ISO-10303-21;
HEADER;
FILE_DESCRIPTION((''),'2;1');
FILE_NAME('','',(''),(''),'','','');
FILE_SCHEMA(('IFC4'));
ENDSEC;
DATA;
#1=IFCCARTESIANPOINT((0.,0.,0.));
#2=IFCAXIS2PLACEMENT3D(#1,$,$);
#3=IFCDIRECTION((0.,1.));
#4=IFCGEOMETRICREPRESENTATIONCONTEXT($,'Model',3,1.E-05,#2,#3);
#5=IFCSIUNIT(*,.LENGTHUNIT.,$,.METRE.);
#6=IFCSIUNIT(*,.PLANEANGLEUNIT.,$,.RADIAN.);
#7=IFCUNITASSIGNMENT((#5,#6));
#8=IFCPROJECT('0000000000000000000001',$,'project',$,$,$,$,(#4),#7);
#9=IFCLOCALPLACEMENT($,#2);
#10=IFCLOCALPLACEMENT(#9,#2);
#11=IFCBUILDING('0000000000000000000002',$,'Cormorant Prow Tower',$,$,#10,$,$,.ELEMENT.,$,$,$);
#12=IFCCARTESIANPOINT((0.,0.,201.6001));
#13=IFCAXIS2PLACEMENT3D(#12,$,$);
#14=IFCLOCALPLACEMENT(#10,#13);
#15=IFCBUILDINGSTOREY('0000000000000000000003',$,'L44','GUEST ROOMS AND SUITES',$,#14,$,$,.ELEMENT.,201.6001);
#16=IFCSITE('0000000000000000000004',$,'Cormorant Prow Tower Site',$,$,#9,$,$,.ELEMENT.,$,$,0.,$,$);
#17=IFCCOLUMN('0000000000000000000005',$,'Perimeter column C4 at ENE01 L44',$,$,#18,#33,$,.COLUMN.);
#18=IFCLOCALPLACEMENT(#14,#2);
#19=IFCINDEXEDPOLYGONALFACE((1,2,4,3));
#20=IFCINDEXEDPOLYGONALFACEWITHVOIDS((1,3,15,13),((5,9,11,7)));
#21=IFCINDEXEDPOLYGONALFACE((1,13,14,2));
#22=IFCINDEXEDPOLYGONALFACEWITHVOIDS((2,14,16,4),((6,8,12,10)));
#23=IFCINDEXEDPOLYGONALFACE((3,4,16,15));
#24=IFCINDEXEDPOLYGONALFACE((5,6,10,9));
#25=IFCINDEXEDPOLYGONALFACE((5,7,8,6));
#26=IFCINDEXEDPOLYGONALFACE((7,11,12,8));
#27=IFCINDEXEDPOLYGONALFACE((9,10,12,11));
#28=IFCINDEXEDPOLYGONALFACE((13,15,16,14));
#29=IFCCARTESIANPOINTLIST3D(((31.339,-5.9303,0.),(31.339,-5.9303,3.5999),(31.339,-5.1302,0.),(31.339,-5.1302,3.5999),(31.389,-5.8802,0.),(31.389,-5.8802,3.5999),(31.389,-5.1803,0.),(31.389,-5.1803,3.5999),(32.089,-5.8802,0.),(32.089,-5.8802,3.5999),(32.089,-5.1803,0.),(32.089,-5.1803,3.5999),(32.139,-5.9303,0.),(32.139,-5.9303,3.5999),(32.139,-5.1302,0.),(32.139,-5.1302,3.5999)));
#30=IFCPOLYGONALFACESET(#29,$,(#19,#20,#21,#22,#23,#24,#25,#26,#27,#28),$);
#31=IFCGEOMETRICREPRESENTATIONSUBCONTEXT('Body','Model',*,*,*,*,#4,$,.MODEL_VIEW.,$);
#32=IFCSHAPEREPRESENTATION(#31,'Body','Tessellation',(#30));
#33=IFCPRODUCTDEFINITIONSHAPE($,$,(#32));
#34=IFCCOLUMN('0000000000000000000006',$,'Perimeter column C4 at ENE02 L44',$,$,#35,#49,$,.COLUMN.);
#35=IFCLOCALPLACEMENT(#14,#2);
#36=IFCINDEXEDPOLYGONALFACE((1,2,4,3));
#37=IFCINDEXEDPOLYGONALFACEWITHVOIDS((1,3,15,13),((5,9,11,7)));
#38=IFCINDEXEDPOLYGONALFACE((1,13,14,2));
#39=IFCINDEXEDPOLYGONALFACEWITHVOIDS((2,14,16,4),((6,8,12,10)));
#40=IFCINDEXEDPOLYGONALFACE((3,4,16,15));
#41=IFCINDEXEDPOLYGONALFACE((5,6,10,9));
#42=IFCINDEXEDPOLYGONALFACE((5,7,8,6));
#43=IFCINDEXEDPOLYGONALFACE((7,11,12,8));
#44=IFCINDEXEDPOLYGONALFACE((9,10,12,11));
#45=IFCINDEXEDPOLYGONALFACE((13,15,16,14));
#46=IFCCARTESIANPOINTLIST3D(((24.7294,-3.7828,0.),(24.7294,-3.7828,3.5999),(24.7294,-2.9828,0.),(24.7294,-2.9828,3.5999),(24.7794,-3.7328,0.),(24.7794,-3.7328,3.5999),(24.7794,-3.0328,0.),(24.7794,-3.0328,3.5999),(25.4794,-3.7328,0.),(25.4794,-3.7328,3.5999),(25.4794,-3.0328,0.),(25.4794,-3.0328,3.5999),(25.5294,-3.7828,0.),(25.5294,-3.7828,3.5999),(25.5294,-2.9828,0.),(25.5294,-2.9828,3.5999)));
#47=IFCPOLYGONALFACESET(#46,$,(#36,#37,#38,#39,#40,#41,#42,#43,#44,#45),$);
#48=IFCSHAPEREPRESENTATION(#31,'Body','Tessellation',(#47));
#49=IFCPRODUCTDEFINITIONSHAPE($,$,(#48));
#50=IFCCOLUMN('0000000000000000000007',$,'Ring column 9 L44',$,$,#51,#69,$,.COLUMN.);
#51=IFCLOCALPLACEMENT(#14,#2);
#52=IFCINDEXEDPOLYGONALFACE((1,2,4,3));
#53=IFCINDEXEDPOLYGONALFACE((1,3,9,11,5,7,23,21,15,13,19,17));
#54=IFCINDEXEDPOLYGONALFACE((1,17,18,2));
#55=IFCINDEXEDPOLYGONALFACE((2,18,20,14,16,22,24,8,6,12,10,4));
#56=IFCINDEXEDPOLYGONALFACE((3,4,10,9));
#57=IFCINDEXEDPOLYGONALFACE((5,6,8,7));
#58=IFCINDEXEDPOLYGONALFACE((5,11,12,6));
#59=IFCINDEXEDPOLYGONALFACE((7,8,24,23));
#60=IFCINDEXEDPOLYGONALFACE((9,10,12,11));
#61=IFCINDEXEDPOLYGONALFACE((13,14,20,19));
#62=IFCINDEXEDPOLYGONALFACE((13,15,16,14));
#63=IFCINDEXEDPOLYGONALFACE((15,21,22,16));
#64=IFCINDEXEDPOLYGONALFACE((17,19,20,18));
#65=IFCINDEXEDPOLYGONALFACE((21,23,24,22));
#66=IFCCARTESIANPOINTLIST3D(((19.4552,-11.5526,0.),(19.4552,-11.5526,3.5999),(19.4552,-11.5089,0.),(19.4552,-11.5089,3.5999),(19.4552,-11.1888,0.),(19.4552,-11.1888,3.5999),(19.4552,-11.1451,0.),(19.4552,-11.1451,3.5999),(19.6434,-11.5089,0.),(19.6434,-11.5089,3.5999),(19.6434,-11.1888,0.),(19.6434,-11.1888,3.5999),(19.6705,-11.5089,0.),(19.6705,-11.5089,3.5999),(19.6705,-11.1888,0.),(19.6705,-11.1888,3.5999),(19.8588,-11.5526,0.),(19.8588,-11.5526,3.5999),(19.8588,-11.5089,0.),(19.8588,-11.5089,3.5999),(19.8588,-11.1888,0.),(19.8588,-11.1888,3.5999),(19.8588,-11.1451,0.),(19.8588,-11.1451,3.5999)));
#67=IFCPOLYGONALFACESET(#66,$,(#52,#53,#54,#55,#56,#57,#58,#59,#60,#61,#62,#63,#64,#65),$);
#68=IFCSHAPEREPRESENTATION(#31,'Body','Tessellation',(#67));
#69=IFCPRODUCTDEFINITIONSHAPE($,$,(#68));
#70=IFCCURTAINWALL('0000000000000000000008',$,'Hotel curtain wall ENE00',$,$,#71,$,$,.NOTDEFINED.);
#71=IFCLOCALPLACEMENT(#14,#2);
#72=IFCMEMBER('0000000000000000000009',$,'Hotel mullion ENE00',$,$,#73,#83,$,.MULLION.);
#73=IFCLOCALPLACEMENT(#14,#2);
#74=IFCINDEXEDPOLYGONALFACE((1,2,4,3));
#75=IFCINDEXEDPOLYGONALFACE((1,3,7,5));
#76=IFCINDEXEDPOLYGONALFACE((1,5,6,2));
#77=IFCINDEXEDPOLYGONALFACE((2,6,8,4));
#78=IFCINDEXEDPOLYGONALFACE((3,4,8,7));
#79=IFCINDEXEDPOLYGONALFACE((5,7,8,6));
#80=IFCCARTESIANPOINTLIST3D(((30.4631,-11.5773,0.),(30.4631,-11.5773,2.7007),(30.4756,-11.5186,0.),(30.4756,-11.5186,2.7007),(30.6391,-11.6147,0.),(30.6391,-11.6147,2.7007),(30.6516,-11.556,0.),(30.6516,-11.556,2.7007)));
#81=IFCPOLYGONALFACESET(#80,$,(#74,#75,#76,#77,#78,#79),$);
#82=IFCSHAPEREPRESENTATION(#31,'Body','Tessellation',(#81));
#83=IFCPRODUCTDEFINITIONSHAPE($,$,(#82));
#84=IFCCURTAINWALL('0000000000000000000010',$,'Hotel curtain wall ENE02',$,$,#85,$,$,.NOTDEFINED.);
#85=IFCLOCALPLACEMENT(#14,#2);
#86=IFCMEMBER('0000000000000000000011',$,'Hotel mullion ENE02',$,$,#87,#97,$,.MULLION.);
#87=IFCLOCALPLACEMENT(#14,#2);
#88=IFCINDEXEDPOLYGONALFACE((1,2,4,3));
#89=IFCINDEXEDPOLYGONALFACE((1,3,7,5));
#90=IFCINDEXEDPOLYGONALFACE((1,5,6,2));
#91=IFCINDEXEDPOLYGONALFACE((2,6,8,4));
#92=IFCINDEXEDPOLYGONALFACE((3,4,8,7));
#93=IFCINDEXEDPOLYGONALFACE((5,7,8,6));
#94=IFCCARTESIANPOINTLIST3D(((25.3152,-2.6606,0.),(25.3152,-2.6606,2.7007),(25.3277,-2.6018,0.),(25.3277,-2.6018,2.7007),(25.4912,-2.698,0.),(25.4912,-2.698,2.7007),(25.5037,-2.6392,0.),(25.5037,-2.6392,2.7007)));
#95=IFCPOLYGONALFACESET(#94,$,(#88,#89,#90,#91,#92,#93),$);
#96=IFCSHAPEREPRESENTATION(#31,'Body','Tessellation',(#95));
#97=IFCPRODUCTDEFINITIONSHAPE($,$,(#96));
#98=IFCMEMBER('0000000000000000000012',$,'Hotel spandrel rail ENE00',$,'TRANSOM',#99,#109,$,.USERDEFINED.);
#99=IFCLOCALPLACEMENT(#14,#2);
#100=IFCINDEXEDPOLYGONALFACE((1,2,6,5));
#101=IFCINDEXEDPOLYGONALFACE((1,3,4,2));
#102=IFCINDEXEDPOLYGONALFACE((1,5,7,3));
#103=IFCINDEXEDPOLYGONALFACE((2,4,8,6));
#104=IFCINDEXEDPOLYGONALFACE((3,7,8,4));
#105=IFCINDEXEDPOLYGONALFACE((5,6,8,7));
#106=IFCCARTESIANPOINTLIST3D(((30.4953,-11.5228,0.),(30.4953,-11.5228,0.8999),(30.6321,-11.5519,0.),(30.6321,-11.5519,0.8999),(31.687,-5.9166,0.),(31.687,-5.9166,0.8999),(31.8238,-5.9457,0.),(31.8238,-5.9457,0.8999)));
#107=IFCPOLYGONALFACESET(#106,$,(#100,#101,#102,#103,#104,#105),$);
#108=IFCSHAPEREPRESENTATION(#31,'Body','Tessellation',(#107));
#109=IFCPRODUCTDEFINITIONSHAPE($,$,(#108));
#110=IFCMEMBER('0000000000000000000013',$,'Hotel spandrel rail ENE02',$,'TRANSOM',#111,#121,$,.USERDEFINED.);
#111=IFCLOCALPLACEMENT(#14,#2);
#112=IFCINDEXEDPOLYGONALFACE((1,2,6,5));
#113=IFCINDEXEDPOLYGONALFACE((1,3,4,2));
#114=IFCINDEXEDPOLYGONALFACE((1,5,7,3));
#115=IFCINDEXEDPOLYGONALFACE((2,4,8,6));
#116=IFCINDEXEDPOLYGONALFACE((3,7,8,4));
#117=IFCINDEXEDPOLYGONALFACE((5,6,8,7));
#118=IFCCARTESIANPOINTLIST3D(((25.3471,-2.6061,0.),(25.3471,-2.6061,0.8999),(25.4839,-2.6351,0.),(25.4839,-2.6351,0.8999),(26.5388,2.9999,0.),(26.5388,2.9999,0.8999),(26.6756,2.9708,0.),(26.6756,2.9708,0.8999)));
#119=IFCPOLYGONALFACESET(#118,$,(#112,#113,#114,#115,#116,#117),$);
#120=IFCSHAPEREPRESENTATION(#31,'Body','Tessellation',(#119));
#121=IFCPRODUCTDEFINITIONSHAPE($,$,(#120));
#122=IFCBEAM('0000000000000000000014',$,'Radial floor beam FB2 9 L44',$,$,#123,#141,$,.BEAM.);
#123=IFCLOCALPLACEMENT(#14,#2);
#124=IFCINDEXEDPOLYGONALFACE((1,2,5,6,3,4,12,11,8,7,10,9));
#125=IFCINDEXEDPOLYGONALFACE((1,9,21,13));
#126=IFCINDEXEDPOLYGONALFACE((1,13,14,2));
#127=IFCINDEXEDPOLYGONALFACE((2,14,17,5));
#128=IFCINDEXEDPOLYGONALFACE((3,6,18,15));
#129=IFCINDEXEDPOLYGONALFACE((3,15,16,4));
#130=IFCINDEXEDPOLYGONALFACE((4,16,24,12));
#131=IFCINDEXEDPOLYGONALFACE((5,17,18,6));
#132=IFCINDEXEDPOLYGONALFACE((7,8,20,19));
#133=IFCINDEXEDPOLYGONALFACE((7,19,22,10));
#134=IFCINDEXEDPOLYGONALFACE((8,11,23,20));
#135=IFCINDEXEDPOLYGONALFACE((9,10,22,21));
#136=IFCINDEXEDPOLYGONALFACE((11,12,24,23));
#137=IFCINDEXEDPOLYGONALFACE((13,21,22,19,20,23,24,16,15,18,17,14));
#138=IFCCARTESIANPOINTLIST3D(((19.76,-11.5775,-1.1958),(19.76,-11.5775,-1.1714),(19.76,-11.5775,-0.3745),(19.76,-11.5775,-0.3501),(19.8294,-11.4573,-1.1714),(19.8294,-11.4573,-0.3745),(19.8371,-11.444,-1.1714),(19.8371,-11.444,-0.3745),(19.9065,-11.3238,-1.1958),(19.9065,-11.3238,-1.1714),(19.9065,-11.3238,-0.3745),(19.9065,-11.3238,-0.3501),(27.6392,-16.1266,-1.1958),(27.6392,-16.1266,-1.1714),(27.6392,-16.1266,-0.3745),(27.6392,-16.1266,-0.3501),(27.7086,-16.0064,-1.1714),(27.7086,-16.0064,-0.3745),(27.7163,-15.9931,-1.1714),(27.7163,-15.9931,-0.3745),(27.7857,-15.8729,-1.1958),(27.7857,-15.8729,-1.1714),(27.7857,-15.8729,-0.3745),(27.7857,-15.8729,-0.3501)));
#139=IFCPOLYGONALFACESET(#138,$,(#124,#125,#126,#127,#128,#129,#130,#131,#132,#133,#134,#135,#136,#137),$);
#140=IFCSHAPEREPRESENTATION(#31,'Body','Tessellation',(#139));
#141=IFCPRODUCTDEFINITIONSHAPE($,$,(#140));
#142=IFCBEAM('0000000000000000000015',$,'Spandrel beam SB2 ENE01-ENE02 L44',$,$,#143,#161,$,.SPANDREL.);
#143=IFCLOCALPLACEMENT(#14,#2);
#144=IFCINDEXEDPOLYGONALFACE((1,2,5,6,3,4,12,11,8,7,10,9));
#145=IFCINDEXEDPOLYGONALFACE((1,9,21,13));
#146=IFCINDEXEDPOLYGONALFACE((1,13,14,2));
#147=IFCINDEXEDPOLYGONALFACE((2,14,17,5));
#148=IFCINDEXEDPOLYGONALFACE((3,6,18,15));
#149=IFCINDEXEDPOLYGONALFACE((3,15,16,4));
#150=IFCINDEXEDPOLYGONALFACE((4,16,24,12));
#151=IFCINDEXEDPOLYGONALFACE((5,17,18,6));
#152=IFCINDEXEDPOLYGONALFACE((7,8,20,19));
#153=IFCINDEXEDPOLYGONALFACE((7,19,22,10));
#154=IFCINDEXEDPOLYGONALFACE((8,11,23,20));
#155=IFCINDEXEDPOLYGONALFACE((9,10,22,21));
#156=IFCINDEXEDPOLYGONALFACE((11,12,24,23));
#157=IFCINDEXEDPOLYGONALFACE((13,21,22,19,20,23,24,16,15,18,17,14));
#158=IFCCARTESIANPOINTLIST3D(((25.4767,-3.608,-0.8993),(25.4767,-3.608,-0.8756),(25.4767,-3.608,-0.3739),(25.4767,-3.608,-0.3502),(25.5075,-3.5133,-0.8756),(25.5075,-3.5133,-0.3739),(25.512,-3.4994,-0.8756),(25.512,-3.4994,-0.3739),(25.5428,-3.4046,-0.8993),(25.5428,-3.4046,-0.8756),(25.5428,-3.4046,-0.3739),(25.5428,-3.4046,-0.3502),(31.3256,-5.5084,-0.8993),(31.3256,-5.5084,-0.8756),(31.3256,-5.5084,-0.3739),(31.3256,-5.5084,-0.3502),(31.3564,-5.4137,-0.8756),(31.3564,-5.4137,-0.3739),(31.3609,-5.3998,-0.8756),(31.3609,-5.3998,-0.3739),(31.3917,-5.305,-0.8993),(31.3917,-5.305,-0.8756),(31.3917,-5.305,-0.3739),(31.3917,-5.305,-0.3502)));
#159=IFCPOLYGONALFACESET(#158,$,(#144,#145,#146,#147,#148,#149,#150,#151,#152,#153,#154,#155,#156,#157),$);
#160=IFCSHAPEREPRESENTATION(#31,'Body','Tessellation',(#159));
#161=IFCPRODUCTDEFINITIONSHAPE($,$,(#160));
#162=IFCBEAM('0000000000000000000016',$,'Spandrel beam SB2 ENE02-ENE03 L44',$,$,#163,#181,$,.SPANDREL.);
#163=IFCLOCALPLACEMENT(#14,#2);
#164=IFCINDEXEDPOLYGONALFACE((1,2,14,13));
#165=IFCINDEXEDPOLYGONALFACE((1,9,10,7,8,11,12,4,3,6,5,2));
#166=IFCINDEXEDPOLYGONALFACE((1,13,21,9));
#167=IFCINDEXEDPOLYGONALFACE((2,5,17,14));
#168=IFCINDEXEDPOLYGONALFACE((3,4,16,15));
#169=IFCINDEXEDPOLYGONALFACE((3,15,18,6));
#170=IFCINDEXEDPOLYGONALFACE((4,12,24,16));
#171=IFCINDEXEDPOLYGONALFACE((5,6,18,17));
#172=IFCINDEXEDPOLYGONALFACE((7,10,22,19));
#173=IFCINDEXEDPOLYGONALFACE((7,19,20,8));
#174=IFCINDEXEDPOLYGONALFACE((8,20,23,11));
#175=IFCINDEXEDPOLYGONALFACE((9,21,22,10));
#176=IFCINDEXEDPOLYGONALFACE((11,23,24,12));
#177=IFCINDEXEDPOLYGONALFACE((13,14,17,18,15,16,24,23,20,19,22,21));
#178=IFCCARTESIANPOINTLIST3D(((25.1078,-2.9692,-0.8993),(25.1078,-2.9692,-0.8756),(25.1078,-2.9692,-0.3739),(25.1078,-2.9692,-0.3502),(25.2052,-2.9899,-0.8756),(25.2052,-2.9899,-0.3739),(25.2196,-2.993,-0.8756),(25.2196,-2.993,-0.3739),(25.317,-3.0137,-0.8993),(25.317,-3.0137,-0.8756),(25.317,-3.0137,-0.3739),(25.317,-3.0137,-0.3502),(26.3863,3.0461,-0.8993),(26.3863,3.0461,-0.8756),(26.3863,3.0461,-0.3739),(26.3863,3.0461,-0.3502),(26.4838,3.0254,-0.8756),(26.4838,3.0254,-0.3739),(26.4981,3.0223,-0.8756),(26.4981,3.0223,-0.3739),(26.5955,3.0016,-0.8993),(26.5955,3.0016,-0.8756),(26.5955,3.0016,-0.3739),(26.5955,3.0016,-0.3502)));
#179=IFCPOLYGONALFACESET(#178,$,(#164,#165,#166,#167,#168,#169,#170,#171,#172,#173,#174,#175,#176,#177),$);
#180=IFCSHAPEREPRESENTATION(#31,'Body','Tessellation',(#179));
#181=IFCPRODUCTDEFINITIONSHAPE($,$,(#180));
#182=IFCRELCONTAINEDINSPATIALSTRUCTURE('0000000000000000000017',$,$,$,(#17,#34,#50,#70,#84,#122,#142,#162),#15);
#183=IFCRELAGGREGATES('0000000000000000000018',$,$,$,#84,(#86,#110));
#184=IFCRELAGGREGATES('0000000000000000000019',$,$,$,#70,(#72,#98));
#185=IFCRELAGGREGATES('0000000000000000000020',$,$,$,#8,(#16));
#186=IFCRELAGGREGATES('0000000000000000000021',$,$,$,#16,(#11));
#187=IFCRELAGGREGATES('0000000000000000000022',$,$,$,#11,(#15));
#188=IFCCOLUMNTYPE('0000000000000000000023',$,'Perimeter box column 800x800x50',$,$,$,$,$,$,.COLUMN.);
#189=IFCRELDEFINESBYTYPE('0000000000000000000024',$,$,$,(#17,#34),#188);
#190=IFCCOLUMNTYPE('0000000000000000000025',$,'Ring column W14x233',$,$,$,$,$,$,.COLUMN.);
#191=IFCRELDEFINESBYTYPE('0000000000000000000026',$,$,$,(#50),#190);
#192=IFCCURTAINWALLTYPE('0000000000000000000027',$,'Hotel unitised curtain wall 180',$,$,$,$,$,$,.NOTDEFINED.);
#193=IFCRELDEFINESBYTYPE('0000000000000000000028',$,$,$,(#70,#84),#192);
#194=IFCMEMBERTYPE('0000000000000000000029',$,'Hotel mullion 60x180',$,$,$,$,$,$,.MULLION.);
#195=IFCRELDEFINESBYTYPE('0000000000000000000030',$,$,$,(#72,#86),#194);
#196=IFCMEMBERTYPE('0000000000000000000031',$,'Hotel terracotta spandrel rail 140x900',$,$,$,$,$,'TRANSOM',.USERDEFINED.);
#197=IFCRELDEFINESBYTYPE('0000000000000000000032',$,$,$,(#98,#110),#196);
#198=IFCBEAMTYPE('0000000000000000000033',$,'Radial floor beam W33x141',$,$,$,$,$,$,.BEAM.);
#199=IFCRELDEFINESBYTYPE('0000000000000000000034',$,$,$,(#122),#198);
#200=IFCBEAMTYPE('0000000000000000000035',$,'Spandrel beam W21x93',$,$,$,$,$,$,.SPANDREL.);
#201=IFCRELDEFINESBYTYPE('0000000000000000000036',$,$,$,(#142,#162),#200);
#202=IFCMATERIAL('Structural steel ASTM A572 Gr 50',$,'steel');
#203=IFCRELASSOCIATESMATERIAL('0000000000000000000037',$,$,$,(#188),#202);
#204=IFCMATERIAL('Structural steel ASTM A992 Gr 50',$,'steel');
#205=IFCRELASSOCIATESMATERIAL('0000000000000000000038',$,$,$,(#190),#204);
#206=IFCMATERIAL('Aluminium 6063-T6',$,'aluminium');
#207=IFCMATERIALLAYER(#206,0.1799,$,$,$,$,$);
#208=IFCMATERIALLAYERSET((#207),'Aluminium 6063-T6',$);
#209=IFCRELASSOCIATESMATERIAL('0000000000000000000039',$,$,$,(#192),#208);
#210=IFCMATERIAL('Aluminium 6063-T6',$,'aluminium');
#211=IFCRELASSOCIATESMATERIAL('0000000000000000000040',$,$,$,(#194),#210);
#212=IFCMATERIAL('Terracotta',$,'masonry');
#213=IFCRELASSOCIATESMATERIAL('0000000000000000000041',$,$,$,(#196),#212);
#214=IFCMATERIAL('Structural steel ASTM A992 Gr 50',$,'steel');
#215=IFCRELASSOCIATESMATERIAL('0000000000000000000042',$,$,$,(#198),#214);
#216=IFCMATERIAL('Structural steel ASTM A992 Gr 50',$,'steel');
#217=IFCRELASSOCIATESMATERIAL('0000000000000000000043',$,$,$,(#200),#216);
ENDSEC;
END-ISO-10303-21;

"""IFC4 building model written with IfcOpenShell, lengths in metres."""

from ifc_helpers import new_model, si_unit, direction, frame, origin, origin_2d, place, context, subcontext, project, spatial, rectangle, hollow_rectangle, i_section, extrude, material, layer, layer_set, material_profile, profile_set, type_object, element, aggregate, save


model = new_model("IFC4")

# Units and contexts
model_context = context("Model", 3, precision=1e-05, world=origin(), true_north=direction((0.0, 1.0)))
body_context = subcontext(model_context, "Body", "Model", "MODEL_VIEW")
ifc_project = project(units=[si_unit("LENGTHUNIT", "METRE"), si_unit("PLANEANGLEUNIT", "RADIAN")], contexts=[model_context])

# Site, building, storey
site_placement = place(None, origin())
site = spatial("IfcSite", under=ifc_project, at=site_placement, Name="Cormorant Prow Tower Site", CompositionType="ELEMENT", RefElevation=0.0)
building_placement = place(site_placement, origin())
building = spatial("IfcBuilding", under=site, at=building_placement, Name="Cormorant Prow Tower", CompositionType="ELEMENT")
storey_placement = place(building_placement, frame((0.0, 0.0, 201.6001)))
storey = spatial("IfcBuildingStorey", under=building, at=storey_placement, Name="L44", Description="GUEST ROOMS AND SUITES", CompositionType="ELEMENT", Elevation=201.6001)

# Columns
ifc_material_1 = material(Name="Structural steel ASTM A572 Gr 50", Category="steel")
ifc_material_profile_1 = material_profile(ifc_material_1, hollow_rectangle(XDim=0.8, YDim=0.8, WallThickness=0.05, at=origin_2d()), Name="Box 800x800x50")
ifc_profile_set_1 = profile_set([ifc_material_profile_1], Name="Structural steel ASTM A572 Gr 50")
column_type_1 = type_object("IfcColumnType", Name="Perimeter box column 800x800x50", PredefinedType="COLUMN", material=ifc_profile_set_1)
for number, where, z_axis, x_axis, name in (
    (1, (31.739, -5.5303, 0.0), (0.0, 0.0, 1.0), (1.0, 0.0, 0.0), "Perimeter column C4 at ENE01 L44"),
    (2, (25.1294, -3.3828, 0.0), (0.0, 0.0, 1.0), (1.0, 0.0, 0.0), "Perimeter column C4 at ENE02 L44"),
):
    element("IfcColumn", number, at=place(storey_placement, frame(where, z_axis=z_axis, x_axis=x_axis)), inside=storey, type_object=column_type_1, Name=name, PredefinedType="COLUMN", context=body_context, shape_type="SweptSolid", body=[
        extrude(hollow_rectangle(XDim=0.8, YDim=0.8, WallThickness=0.05, at=origin_2d()), origin(), (0.0, 0.0, 1.0), 3.5999),
    ])
ifc_material_2 = material(Name="Structural steel ASTM A992 Gr 50", Category="steel")
ifc_material_profile_2 = material_profile(ifc_material_2, i_section(OverallWidth=0.4036, OverallDepth=0.4075, WebThickness=0.0271, FlangeThickness=0.0437, at=origin_2d()), Name="W14x233")
ifc_profile_set_2 = profile_set([ifc_material_profile_2], Name="Structural steel ASTM A992 Gr 50")
column_type_2 = type_object("IfcColumnType", Name="Ring column W14x233", PredefinedType="COLUMN", material=ifc_profile_set_2)
column_placement = place(storey_placement, frame((19.657, -11.3489, 0.0), z_axis=(0.0, 0.0, 1.0), x_axis=(1.0, 0.0, 0.0)))
element("IfcColumn", 3, at=column_placement, inside=storey, type_object=column_type_2, Name="Ring column 9 L44", PredefinedType="COLUMN", context=body_context, shape_type="SweptSolid", body=[
    extrude(i_section(OverallWidth=0.4036, OverallDepth=0.4075, WebThickness=0.0271, FlangeThickness=0.0437, at=origin_2d()), origin(), (0.0, 0.0, 1.0), 3.5999),
])

# Curtain walls, members
ifc_material_3 = material(Name="Aluminium 6063-T6", Category="aluminium")
ifc_layer_1 = layer(ifc_material_3, 0.1799)
ifc_layer_set_1 = layer_set([ifc_layer_1], Name="Aluminium 6063-T6")
curtain_wall_type = type_object("IfcCurtainWallType", Name="Hotel unitised curtain wall 180", PredefinedType="NOTDEFINED", material=ifc_layer_set_1)
curtain_wall_1_placement = place(storey_placement, origin())
curtain_wall_1 = element("IfcCurtainWall", 4, at=curtain_wall_1_placement, inside=storey, type_object=curtain_wall_type, Name="Hotel curtain wall ENE00", PredefinedType="NOTDEFINED")
ifc_material_4 = material(Name="Aluminium 6063-T6", Category="aluminium")
ifc_material_profile_3 = material_profile(ifc_material_4, rectangle(XDim=0.1799, YDim=0.0601, at=origin_2d()), Name="Hotel mullion 60x180")
ifc_profile_set_3 = profile_set([ifc_material_profile_3], Name="Aluminium 6063-T6")
member_type_1 = type_object("IfcMemberType", Name="Hotel mullion 60x180", PredefinedType="MULLION", material=ifc_profile_set_3)
member_1_placement = place(storey_placement, frame((30.5574, -11.5667, 0.0), z_axis=(0.0, 0.0, 1.0), x_axis=(-0.978148, 0.207912, 0.0)))
member_1 = element("IfcMember", 5, at=member_1_placement, type_object=member_type_1, Name="Hotel mullion ENE00", PredefinedType="MULLION", context=body_context, shape_type="SweptSolid", body=[
    extrude(rectangle(XDim=0.1799, YDim=0.0601, at=origin_2d()), origin(), (0.0, 0.0, 1.0), 2.7007),
])
curtain_wall_2_placement = place(storey_placement, origin())
curtain_wall_2 = element("IfcCurtainWall", 6, at=curtain_wall_2_placement, inside=storey, type_object=curtain_wall_type, Name="Hotel curtain wall ENE02", PredefinedType="NOTDEFINED")
member_2_placement = place(storey_placement, frame((25.4094, -2.6499, 0.0), z_axis=(0.0, 0.0, 1.0), x_axis=(-0.978148, 0.207912, 0.0)))
member_2 = element("IfcMember", 7, at=member_2_placement, type_object=member_type_1, Name="Hotel mullion ENE02", PredefinedType="MULLION", context=body_context, shape_type="SweptSolid", body=[
    extrude(rectangle(XDim=0.1799, YDim=0.0601, at=origin_2d()), origin(), (0.0, 0.0, 1.0), 2.7007),
])

# Members
ifc_material_5 = material(Name="Terracotta", Category="masonry")
ifc_material_profile_4 = material_profile(ifc_material_5, rectangle(XDim=0.1399, YDim=0.8999, at=origin_2d()), Name="Hotel terracotta spandrel rail 140x900")
ifc_profile_set_4 = profile_set([ifc_material_profile_4], Name="Terracotta")
member_type_2 = type_object("IfcMemberType", Name="Hotel terracotta spandrel rail 140x900", ElementType="TRANSOM", PredefinedType="USERDEFINED", material=ifc_profile_set_4)
member_3_placement = place(storey_placement, frame((30.5637, -11.5374, 0.45), z_axis=(0.207914, 0.978147, 0.0), x_axis=(-0.978147, 0.207914, 0.0)))
member_3 = element("IfcMember", 8, at=member_3_placement, type_object=member_type_2, Name="Hotel spandrel rail ENE00", ObjectType="TRANSOM", PredefinedType="USERDEFINED", context=body_context, shape_type="SweptSolid", body=[
    extrude(rectangle(XDim=0.1399, YDim=0.8999, at=origin_2d()), origin(), (0.0, 0.0, 1.0), 5.7314),
])
member_4_placement = place(storey_placement, frame((25.4155, -2.6206, 0.45), z_axis=(0.207923, 0.978145, 0.0), x_axis=(-0.978145, 0.207923, 0.0)))
member_4 = element("IfcMember", 9, at=member_4_placement, type_object=member_type_2, Name="Hotel spandrel rail ENE02", ObjectType="TRANSOM", PredefinedType="USERDEFINED", context=body_context, shape_type="SweptSolid", body=[
    extrude(rectangle(XDim=0.1399, YDim=0.8999, at=origin_2d()), origin(), (0.0, 0.0, 1.0), 5.7312),
])
aggregate(curtain_wall_2, [member_2, member_4])

# Beams
ifc_material_6 = material(Name="Structural steel ASTM A992 Gr 50", Category="steel")
ifc_material_profile_5 = material_profile(ifc_material_6, i_section(OverallWidth=0.293, OverallDepth=0.8457, WebThickness=0.0154, FlangeThickness=0.0244, at=origin_2d()), Name="W33x141")
ifc_profile_set_5 = profile_set([ifc_material_profile_5], Name="Structural steel ASTM A992 Gr 50")
beam_type_1 = type_object("IfcBeamType", Name="Radial floor beam W33x141", PredefinedType="BEAM", material=ifc_profile_set_5)
beam_1_placement = place(storey_placement, frame((19.8333, -11.4507, -0.7729), z_axis=(0.866023, -0.500004, 0.0), x_axis=(0.500004, 0.866023, 0.0)))
element("IfcBeam", 10, at=beam_1_placement, inside=storey, type_object=beam_type_1, Name="Radial floor beam FB2 9 L44", PredefinedType="BEAM", context=body_context, shape_type="SweptSolid", body=[
    extrude(i_section(OverallWidth=0.293, OverallDepth=0.8457, WebThickness=0.0154, FlangeThickness=0.0244, at=origin_2d()), origin(), (0.0, 0.0, 1.0), 9.0981),
])
ifc_material_7 = material(Name="Structural steel ASTM A992 Gr 50", Category="steel")
ifc_material_profile_6 = material_profile(ifc_material_7, i_section(OverallWidth=0.2139, OverallDepth=0.5491, WebThickness=0.0146, FlangeThickness=0.0237, at=origin_2d()), Name="W21x93")
ifc_profile_set_6 = profile_set([ifc_material_profile_6], Name="Structural steel ASTM A992 Gr 50")
beam_type_2 = type_object("IfcBeamType", Name="Spandrel beam W21x93", PredefinedType="SPANDREL", material=ifc_profile_set_6)
beam_2_placement = place(storey_placement, frame((31.3586, -5.4067, -0.6248), z_axis=(-0.951058, 0.309013, 0.0), x_axis=(-0.309013, -0.951058, 0.0)))
element("IfcBeam", 11, at=beam_2_placement, inside=storey, type_object=beam_type_2, Name="Spandrel beam SB2 ENE01-ENE02 L44", PredefinedType="SPANDREL", context=body_context, shape_type="SweptSolid", body=[
    extrude(i_section(OverallWidth=0.2139, OverallDepth=0.5491, WebThickness=0.0146, FlangeThickness=0.0237, at=origin_2d()), origin(), (0.0, 0.0, 1.0), 6.1499),
])
beam_3_placement = place(storey_placement, frame((25.2124, -2.9915, -0.6248), z_axis=(0.207905, 0.978149, 0.0), x_axis=(-0.978149, 0.207905, 0.0)))
element("IfcBeam", 12, at=beam_3_placement, inside=storey, type_object=beam_type_2, Name="Spandrel beam SB2 ENE02-ENE03 L44", PredefinedType="SPANDREL", context=body_context, shape_type="SweptSolid", body=[
    extrude(i_section(OverallWidth=0.2139, OverallDepth=0.5491, WebThickness=0.0146, FlangeThickness=0.0237, at=origin_2d()), origin(), (0.0, 0.0, 1.0), 6.1497),
])

aggregate(curtain_wall_1, [member_1, member_3])

save(model, "model.ifc")
